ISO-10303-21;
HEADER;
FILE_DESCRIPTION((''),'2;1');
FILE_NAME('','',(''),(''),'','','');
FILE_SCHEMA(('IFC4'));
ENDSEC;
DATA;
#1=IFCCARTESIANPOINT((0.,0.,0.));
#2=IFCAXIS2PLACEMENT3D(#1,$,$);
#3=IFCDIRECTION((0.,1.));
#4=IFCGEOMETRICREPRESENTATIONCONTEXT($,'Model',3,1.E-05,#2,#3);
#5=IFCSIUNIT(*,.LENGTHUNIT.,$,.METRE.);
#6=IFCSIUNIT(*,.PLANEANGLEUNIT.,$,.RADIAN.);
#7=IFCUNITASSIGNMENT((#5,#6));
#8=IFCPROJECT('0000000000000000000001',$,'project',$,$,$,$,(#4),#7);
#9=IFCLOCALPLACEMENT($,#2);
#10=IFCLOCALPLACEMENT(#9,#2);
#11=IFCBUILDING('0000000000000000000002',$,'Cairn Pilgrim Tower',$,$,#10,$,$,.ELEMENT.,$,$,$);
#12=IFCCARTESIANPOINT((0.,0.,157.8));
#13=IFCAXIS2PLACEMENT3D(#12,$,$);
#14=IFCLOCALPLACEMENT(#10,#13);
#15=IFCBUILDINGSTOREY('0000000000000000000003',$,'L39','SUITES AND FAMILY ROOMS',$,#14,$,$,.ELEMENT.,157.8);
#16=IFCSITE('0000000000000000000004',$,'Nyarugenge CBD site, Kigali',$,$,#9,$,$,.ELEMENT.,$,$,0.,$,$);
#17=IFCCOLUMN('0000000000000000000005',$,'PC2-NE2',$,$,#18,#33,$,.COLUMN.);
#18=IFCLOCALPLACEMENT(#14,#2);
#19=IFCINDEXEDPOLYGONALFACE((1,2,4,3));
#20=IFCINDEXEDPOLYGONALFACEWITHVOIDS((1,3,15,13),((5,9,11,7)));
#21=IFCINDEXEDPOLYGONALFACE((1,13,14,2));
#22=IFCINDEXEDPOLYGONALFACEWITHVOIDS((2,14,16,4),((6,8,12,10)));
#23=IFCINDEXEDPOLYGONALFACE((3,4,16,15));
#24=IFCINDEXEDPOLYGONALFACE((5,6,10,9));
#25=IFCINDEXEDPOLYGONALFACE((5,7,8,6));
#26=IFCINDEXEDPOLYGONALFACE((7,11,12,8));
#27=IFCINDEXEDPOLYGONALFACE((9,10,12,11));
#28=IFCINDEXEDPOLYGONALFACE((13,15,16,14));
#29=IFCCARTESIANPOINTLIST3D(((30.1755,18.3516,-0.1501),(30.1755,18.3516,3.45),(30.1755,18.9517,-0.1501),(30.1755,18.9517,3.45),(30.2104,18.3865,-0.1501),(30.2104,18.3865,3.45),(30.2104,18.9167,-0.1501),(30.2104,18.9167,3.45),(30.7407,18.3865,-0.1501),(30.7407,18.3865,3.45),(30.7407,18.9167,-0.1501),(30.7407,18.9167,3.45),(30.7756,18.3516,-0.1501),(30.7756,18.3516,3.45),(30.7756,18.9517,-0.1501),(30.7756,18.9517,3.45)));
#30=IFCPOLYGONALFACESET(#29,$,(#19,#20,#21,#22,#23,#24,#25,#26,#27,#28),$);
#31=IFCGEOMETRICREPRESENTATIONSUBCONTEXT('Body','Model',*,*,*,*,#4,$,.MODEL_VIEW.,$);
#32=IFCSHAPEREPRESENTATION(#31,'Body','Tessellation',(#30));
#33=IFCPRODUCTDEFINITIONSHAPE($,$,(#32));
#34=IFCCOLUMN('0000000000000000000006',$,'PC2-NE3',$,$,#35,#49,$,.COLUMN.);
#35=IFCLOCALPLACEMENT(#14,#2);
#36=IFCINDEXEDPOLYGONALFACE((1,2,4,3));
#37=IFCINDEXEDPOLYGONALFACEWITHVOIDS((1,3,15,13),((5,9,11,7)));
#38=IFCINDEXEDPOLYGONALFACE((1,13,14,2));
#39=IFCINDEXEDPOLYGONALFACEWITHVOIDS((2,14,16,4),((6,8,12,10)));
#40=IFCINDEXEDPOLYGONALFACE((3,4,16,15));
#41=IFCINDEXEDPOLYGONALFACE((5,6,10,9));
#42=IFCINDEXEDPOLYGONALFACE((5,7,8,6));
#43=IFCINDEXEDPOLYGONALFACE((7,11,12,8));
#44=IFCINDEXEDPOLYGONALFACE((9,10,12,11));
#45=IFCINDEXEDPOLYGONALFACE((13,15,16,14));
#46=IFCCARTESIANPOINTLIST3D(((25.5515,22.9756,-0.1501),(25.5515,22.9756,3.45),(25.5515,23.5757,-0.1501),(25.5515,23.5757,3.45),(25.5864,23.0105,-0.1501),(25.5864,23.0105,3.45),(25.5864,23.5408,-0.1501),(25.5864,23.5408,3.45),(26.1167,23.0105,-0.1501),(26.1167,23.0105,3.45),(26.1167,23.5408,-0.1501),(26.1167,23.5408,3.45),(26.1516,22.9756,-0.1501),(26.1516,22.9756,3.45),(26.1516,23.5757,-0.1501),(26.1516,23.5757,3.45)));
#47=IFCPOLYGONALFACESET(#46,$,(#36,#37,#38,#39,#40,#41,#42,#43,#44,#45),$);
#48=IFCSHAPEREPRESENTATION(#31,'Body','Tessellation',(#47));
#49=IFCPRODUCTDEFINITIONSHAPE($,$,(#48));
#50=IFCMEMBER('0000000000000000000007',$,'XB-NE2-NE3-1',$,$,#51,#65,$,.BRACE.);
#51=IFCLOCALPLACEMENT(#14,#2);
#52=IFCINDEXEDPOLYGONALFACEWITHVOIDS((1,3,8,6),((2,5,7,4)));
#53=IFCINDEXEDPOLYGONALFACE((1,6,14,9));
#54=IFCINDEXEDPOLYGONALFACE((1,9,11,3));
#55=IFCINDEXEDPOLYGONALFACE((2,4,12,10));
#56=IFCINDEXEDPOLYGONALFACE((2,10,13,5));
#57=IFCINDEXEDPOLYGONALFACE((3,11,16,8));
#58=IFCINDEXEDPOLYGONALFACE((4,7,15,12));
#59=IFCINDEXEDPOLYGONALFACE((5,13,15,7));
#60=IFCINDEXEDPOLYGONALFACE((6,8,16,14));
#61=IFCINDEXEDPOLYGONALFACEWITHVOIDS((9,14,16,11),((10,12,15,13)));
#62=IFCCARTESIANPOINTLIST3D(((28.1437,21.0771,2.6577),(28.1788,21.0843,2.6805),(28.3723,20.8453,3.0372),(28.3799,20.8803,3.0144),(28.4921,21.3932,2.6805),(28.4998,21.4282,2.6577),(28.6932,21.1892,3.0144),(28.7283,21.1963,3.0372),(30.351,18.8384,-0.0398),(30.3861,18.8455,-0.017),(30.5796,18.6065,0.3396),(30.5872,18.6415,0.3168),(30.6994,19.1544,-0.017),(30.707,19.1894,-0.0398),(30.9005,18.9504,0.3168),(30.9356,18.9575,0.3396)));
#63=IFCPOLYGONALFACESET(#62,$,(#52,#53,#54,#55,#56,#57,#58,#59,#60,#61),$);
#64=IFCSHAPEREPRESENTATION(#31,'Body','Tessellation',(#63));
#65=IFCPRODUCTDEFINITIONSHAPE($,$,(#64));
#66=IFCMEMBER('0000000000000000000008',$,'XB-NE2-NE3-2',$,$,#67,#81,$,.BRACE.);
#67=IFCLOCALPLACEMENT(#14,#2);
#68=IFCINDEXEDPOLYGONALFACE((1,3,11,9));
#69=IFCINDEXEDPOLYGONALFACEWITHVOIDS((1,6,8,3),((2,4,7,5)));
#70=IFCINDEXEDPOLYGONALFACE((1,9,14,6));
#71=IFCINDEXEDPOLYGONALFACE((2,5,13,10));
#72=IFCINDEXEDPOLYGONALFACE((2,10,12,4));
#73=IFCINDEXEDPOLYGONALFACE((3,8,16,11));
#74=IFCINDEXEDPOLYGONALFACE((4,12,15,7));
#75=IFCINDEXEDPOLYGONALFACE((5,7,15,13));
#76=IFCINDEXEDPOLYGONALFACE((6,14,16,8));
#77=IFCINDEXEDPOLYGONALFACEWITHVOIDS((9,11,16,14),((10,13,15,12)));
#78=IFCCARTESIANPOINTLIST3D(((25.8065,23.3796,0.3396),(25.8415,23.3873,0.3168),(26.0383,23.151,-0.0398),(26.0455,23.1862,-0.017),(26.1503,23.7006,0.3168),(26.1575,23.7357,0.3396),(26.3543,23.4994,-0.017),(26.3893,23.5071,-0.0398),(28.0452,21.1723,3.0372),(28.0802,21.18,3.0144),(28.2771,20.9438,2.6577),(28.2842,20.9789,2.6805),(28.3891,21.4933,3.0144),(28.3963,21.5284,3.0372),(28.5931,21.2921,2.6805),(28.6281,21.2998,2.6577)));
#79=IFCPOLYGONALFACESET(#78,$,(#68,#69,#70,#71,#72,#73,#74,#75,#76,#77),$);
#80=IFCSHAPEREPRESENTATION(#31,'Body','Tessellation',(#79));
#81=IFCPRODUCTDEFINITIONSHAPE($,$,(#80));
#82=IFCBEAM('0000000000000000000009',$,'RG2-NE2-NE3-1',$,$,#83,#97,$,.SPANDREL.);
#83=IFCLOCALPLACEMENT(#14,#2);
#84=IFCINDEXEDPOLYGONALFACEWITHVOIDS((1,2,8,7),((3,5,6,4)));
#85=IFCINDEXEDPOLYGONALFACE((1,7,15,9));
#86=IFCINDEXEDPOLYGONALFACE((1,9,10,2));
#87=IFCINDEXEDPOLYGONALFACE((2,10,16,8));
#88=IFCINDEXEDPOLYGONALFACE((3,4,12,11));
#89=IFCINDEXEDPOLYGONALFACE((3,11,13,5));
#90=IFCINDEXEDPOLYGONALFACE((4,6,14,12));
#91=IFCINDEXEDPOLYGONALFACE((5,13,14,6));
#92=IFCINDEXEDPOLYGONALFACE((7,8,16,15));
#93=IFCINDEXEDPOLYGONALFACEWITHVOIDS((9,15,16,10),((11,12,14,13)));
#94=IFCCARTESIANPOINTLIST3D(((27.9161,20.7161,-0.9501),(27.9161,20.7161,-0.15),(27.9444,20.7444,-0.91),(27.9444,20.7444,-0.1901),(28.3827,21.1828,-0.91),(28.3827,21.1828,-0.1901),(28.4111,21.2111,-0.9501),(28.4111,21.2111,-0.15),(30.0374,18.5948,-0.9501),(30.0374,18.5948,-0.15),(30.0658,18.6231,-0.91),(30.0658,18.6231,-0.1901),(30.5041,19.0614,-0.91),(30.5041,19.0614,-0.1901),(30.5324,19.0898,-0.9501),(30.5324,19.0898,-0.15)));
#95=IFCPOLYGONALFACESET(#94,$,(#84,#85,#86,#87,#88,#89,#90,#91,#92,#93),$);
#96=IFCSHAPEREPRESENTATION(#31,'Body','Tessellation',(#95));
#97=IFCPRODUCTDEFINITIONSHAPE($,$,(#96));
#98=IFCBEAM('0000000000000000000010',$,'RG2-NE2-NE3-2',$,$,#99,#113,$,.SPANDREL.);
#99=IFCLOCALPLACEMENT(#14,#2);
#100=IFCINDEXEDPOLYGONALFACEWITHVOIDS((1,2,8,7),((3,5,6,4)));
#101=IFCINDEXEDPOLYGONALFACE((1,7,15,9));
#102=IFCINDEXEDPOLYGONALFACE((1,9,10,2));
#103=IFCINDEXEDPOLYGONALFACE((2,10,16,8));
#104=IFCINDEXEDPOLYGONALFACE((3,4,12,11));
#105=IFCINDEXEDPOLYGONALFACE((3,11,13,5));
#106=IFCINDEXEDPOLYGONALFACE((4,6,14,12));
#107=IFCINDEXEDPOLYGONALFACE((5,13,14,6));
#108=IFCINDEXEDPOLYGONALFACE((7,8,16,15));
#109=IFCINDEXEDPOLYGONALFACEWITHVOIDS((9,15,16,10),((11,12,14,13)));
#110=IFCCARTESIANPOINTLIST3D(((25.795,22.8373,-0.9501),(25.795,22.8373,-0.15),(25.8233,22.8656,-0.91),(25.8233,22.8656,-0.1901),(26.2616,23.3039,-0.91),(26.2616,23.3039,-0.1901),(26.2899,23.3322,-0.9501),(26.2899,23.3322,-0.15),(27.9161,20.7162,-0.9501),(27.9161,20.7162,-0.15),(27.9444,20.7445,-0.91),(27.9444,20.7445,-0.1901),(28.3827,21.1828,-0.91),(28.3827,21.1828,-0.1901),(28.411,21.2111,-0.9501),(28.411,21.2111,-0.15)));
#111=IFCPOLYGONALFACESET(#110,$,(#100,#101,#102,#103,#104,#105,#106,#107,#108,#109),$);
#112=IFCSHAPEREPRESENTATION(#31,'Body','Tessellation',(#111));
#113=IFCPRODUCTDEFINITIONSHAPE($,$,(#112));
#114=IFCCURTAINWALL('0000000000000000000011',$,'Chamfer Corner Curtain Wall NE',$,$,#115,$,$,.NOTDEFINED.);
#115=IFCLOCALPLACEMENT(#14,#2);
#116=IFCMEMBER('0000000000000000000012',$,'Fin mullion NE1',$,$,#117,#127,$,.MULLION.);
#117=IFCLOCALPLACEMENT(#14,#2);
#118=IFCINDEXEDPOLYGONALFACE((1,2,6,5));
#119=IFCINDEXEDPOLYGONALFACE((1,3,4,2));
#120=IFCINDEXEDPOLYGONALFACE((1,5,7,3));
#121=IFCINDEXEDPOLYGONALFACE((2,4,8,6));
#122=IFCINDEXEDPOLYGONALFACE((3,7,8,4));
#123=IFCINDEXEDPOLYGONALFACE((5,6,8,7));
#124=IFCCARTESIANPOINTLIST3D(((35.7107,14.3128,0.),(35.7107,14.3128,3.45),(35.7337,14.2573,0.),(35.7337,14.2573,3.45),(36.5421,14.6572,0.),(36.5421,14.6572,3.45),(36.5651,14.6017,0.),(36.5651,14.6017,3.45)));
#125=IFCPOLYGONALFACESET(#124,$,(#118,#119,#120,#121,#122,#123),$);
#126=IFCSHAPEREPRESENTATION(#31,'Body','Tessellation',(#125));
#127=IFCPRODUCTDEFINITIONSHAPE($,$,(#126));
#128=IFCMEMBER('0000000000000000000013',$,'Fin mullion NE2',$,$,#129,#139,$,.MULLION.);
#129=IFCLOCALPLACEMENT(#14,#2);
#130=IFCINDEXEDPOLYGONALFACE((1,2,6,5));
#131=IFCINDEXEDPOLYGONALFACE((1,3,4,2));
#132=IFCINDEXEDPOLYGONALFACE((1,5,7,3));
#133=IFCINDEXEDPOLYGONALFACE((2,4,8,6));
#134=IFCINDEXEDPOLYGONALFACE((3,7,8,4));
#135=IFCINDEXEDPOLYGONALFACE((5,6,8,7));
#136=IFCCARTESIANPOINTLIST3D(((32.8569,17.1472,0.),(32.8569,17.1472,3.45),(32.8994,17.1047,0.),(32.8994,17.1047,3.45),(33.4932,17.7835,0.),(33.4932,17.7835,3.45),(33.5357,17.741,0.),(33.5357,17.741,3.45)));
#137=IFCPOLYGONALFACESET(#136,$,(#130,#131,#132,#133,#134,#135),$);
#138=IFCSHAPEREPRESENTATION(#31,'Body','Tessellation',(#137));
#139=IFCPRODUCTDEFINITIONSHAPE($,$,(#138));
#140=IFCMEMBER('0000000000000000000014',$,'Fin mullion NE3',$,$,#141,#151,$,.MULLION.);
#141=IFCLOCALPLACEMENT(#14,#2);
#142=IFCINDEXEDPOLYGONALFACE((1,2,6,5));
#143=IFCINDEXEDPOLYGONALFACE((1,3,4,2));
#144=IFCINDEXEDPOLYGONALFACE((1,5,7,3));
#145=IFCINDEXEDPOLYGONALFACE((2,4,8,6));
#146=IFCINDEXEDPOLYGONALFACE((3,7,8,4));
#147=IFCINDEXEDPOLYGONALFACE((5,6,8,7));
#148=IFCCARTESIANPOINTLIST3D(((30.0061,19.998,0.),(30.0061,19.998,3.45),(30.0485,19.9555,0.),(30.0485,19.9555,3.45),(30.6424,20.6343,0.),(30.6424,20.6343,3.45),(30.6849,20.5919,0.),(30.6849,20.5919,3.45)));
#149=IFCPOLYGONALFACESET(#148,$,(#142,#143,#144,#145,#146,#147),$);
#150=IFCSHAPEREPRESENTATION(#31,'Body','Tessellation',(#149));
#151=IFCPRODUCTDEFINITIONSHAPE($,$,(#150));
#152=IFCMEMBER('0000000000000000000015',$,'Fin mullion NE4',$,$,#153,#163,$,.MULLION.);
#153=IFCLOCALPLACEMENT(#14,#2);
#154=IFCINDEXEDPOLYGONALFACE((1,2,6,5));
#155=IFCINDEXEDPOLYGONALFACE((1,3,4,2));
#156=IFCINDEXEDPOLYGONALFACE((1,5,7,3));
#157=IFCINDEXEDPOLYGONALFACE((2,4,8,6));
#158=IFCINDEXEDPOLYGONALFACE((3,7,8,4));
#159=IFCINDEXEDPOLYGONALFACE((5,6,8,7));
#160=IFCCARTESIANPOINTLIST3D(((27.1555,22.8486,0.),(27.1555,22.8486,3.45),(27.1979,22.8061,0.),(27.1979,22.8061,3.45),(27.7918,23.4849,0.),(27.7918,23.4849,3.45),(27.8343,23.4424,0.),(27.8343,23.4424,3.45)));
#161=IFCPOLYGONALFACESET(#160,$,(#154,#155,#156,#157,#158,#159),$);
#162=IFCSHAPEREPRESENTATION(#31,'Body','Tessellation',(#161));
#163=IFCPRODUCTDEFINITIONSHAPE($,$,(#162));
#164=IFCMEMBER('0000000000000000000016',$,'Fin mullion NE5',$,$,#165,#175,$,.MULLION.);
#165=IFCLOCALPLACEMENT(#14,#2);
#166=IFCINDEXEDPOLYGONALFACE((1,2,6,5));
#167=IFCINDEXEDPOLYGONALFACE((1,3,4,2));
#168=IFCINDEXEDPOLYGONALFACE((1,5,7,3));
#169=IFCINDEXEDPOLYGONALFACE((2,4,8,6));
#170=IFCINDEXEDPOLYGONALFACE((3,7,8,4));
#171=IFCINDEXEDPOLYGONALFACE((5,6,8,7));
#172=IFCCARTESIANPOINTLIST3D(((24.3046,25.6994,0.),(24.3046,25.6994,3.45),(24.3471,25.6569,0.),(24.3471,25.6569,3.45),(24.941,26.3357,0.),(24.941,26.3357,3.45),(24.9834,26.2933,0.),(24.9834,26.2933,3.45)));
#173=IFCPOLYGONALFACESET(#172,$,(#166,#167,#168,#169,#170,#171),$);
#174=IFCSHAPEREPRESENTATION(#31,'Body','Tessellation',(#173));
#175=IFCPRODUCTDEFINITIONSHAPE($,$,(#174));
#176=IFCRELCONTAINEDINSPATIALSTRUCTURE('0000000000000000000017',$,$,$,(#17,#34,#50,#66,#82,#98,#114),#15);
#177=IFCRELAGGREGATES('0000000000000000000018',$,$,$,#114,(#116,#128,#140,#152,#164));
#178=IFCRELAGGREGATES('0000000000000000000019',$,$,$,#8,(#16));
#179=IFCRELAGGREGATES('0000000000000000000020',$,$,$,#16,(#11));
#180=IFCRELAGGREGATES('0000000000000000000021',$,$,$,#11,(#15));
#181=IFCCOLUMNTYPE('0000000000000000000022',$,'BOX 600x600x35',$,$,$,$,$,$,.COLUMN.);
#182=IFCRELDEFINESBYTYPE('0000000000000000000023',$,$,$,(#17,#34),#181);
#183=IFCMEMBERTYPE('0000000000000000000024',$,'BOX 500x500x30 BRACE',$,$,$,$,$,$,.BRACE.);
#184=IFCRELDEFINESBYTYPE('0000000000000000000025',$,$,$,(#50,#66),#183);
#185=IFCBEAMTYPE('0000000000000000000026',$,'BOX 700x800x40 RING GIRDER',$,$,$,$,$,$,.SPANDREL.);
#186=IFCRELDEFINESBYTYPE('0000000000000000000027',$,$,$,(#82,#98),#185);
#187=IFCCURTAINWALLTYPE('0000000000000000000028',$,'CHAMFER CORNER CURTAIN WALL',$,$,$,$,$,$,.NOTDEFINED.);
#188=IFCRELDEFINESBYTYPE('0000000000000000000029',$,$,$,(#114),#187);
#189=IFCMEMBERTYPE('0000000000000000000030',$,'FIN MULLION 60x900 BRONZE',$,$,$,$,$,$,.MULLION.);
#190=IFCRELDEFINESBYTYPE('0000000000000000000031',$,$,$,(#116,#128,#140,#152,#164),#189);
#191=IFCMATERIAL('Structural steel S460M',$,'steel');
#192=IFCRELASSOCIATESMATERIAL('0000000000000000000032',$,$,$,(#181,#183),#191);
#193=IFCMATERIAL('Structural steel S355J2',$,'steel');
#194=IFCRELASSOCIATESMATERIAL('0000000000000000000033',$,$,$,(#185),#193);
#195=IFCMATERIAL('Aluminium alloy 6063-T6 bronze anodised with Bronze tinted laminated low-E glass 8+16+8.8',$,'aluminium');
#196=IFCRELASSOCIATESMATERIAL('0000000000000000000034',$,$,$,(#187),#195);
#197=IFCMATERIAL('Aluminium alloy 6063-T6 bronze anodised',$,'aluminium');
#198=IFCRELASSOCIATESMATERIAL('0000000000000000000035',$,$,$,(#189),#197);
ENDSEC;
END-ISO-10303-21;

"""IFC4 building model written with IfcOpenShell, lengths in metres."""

from ifc_helpers import new_model, si_unit, direction, frame, origin, origin_2d, place, context, subcontext, project, spatial, rectangle, hollow_rectangle, extrude, material, material_profile, profile_set, type_object, element, aggregate, save


model = new_model("IFC4")

# Units and contexts
model_context = context("Model", 3, precision=1e-05, world=origin(), true_north=direction((0.0, 1.0)))
body_context = subcontext(model_context, "Body", "Model", "MODEL_VIEW")
ifc_project = project(units=[si_unit("LENGTHUNIT", "METRE"), si_unit("PLANEANGLEUNIT", "RADIAN")], contexts=[model_context])

# Site, building, storey
site_placement = place(None, origin())
site = spatial("IfcSite", under=ifc_project, at=site_placement, Name="Nyarugenge CBD site, Kigali", CompositionType="ELEMENT", RefElevation=0.0)
building_placement = place(site_placement, origin())
building = spatial("IfcBuilding", under=site, at=building_placement, Name="Cairn Pilgrim Tower", CompositionType="ELEMENT")
storey_placement = place(building_placement, frame((0.0, 0.0, 157.8)))
storey = spatial("IfcBuildingStorey", under=building, at=storey_placement, Name="L39", Description="SUITES AND FAMILY ROOMS", CompositionType="ELEMENT", Elevation=157.8)

# Columns
ifc_material_1 = material(Name="Structural steel S460M", Category="steel")
ifc_material_profile_1 = material_profile(ifc_material_1, hollow_rectangle(XDim=0.6001, YDim=0.6001, WallThickness=0.0349, at=origin_2d()), Name="BOX 600x600x35")
ifc_profile_set_1 = profile_set([ifc_material_profile_1], Name="Structural steel S460M")
column_type = type_object("IfcColumnType", Name="BOX 600x600x35", PredefinedType="COLUMN", material=ifc_profile_set_1)
for number, where, z_axis, x_axis, name in (
    (1, (30.4756, 18.6516, -0.1501), (0.0, 0.0, 1.0), (1.0, 0.0, 0.0), "PC2-NE2"),
    (2, (25.8516, 23.2756, -0.1501), (0.0, 0.0, 1.0), (1.0, 0.0, 0.0), "PC2-NE3"),
):
    element("IfcColumn", number, at=place(storey_placement, frame(where, z_axis=z_axis, x_axis=x_axis)), inside=storey, type_object=column_type, Name=name, PredefinedType="COLUMN", context=body_context, shape_type="SweptSolid", body=[
        extrude(hollow_rectangle(XDim=0.6001, YDim=0.6001, WallThickness=0.0349, at=origin_2d()), origin(), (0.0, 0.0, 1.0), 3.6001),
    ])

# Members
ifc_material_profile_2 = material_profile(ifc_material_1, hollow_rectangle(XDim=0.5, YDim=0.5, WallThickness=0.03, at=origin_2d()), Name="BOX 500x500x30")
ifc_profile_set_2 = profile_set([ifc_material_profile_2], Name="Structural steel S460M")
member_type_1 = type_object("IfcMemberType", Name="BOX 500x500x30 BRACE", PredefinedType="BRACE", material=ifc_profile_set_2)
for number, where, z_axis, x_axis, name in (
    (3, (30.6433, 18.8979, 0.1499), (-0.53283, 0.540433, 0.651171), (-0.712098, -0.70208, 0.0), "XB-NE2-NE3-1"),
    (4, (26.0979, 23.4434, 0.1499), (0.540433, -0.53283, 0.651171), (0.70208, 0.712098, 0.0), "XB-NE2-NE3-2"),
):
    element("IfcMember", number, at=place(storey_placement, frame(where, z_axis=z_axis, x_axis=x_axis)), inside=storey, type_object=member_type_1, Name=name, PredefinedType="BRACE", context=body_context, shape_type="SweptSolid", body=[
        extrude(hollow_rectangle(XDim=0.5, YDim=0.5, WallThickness=0.03, at=origin_2d()), origin(), (0.0, 0.0, 1.0), 4.1426),
    ])

# Beams
ifc_material_2 = material(Name="Structural steel S355J2", Category="steel")
ifc_material_profile_3 = material_profile(ifc_material_2, hollow_rectangle(XDim=0.7, YDim=0.8, WallThickness=0.04, at=origin_2d()), Name="BOX 700x800x40")
ifc_profile_set_3 = profile_set([ifc_material_profile_3], Name="Structural steel S355J2")
beam_type_1 = type_object("IfcBeamType", Name="BOX 700x800x40 RING GIRDER", PredefinedType="SPANDREL", material=ifc_profile_set_3)
beam_1_placement = place(storey_placement, frame((30.2849, 18.8423, -0.55), z_axis=(-0.707107, 0.707107, 0.0), x_axis=(-0.707107, -0.707107, 0.0)))
element("IfcBeam", 5, at=beam_1_placement, inside=storey, type_object=beam_type_1, Name="RG2-NE2-NE3-1", PredefinedType="SPANDREL", context=body_context, shape_type="SweptSolid", body=[
    extrude(hollow_rectangle(XDim=0.7, YDim=0.8, WallThickness=0.04, at=origin_2d()), origin(), (0.0, 0.0, 1.0), 3.0),
])
beam_2_placement = place(storey_placement, frame((28.1636, 20.9636, -0.55), z_axis=(-0.707107, 0.707107, 0.0), x_axis=(-0.707107, -0.707107, 0.0)))
element("IfcBeam", 6, at=beam_2_placement, inside=storey, type_object=beam_type_1, Name="RG2-NE2-NE3-2", PredefinedType="SPANDREL", context=body_context, shape_type="SweptSolid", body=[
    extrude(hollow_rectangle(XDim=0.7, YDim=0.8, WallThickness=0.04, at=origin_2d()), origin(), (0.0, 0.0, 1.0), 2.9998),
])

# Curtain wall, members
ifc_material_3 = material(Name="Aluminium alloy 6063-T6 bronze anodised with Bronze tinted laminated low-E glass 8+16+8.8", Category="aluminium")
curtain_wall_type = type_object("IfcCurtainWallType", Name="CHAMFER CORNER CURTAIN WALL", PredefinedType="NOTDEFINED", material=ifc_material_3)
curtain_wall_placement = place(storey_placement, origin())
curtain_wall = element("IfcCurtainWall", 7, at=curtain_wall_placement, inside=storey, type_object=curtain_wall_type, Name="Chamfer Corner Curtain Wall NE", PredefinedType="NOTDEFINED")
ifc_material_4 = material(Name="Aluminium alloy 6063-T6 bronze anodised", Category="aluminium")
ifc_material_profile_4 = material_profile(ifc_material_4, rectangle(XDim=0.8999, YDim=0.0601, at=origin_2d()), Name="FIN MULLION 60x900 BRONZE")
ifc_profile_set_4 = profile_set([ifc_material_profile_4], Name="Aluminium alloy 6063-T6 bronze anodised")
member_type_2 = type_object("IfcMemberType", Name="FIN MULLION 60x900 BRONZE", PredefinedType="MULLION", material=ifc_profile_set_4)
member_1_placement = place(storey_placement, frame((36.1379, 14.4573, 0.0), z_axis=(0.0, 0.0, 1.0), x_axis=(0.92388, 0.382683, 0.0)))
member_1 = element("IfcMember", 8, at=member_1_placement, type_object=member_type_2, Name="Fin mullion NE1", PredefinedType="MULLION", context=body_context, shape_type="SweptSolid", body=[
    extrude(rectangle(XDim=0.8999, YDim=0.0601, at=origin_2d()), origin(), (0.0, 0.0, 1.0), 3.45),
])
member_2_placement = place(storey_placement, frame((33.1963, 17.4441, 0.0), z_axis=(0.0, 0.0, 1.0), x_axis=(0.707107, 0.707107, 0.0)))
member_2 = element("IfcMember", 9, at=member_2_placement, type_object=member_type_2, Name="Fin mullion NE2", PredefinedType="MULLION", context=body_context, shape_type="SweptSolid", body=[
    extrude(rectangle(XDim=0.8999, YDim=0.0601, at=origin_2d()), origin(), (0.0, 0.0, 1.0), 3.45),
])
member_3_placement = place(storey_placement, frame((30.3455, 20.2949, 0.0), z_axis=(0.0, 0.0, 1.0), x_axis=(0.707107, 0.707107, 0.0)))
member_3 = element("IfcMember", 10, at=member_3_placement, type_object=member_type_2, Name="Fin mullion NE3", PredefinedType="MULLION", context=body_context, shape_type="SweptSolid", body=[
    extrude(rectangle(XDim=0.8999, YDim=0.0601, at=origin_2d()), origin(), (0.0, 0.0, 1.0), 3.45),
])
member_4_placement = place(storey_placement, frame((27.4949, 23.1455, 0.0), z_axis=(0.0, 0.0, 1.0), x_axis=(0.707107, 0.707107, 0.0)))
member_4 = element("IfcMember", 11, at=member_4_placement, type_object=member_type_2, Name="Fin mullion NE4", PredefinedType="MULLION", context=body_context, shape_type="SweptSolid", body=[
    extrude(rectangle(XDim=0.8999, YDim=0.0601, at=origin_2d()), origin(), (0.0, 0.0, 1.0), 3.45),
])
member_5_placement = place(storey_placement, frame((24.644, 25.9963, 0.0), z_axis=(0.0, 0.0, 1.0), x_axis=(0.707107, 0.707107, 0.0)))
member_5 = element("IfcMember", 12, at=member_5_placement, type_object=member_type_2, Name="Fin mullion NE5", PredefinedType="MULLION", context=body_context, shape_type="SweptSolid", body=[
    extrude(rectangle(XDim=0.8999, YDim=0.0601, at=origin_2d()), origin(), (0.0, 0.0, 1.0), 3.45),
])

aggregate(curtain_wall, [member_1, member_2, member_3, member_4, member_5])

save(model, "model.ifc")
